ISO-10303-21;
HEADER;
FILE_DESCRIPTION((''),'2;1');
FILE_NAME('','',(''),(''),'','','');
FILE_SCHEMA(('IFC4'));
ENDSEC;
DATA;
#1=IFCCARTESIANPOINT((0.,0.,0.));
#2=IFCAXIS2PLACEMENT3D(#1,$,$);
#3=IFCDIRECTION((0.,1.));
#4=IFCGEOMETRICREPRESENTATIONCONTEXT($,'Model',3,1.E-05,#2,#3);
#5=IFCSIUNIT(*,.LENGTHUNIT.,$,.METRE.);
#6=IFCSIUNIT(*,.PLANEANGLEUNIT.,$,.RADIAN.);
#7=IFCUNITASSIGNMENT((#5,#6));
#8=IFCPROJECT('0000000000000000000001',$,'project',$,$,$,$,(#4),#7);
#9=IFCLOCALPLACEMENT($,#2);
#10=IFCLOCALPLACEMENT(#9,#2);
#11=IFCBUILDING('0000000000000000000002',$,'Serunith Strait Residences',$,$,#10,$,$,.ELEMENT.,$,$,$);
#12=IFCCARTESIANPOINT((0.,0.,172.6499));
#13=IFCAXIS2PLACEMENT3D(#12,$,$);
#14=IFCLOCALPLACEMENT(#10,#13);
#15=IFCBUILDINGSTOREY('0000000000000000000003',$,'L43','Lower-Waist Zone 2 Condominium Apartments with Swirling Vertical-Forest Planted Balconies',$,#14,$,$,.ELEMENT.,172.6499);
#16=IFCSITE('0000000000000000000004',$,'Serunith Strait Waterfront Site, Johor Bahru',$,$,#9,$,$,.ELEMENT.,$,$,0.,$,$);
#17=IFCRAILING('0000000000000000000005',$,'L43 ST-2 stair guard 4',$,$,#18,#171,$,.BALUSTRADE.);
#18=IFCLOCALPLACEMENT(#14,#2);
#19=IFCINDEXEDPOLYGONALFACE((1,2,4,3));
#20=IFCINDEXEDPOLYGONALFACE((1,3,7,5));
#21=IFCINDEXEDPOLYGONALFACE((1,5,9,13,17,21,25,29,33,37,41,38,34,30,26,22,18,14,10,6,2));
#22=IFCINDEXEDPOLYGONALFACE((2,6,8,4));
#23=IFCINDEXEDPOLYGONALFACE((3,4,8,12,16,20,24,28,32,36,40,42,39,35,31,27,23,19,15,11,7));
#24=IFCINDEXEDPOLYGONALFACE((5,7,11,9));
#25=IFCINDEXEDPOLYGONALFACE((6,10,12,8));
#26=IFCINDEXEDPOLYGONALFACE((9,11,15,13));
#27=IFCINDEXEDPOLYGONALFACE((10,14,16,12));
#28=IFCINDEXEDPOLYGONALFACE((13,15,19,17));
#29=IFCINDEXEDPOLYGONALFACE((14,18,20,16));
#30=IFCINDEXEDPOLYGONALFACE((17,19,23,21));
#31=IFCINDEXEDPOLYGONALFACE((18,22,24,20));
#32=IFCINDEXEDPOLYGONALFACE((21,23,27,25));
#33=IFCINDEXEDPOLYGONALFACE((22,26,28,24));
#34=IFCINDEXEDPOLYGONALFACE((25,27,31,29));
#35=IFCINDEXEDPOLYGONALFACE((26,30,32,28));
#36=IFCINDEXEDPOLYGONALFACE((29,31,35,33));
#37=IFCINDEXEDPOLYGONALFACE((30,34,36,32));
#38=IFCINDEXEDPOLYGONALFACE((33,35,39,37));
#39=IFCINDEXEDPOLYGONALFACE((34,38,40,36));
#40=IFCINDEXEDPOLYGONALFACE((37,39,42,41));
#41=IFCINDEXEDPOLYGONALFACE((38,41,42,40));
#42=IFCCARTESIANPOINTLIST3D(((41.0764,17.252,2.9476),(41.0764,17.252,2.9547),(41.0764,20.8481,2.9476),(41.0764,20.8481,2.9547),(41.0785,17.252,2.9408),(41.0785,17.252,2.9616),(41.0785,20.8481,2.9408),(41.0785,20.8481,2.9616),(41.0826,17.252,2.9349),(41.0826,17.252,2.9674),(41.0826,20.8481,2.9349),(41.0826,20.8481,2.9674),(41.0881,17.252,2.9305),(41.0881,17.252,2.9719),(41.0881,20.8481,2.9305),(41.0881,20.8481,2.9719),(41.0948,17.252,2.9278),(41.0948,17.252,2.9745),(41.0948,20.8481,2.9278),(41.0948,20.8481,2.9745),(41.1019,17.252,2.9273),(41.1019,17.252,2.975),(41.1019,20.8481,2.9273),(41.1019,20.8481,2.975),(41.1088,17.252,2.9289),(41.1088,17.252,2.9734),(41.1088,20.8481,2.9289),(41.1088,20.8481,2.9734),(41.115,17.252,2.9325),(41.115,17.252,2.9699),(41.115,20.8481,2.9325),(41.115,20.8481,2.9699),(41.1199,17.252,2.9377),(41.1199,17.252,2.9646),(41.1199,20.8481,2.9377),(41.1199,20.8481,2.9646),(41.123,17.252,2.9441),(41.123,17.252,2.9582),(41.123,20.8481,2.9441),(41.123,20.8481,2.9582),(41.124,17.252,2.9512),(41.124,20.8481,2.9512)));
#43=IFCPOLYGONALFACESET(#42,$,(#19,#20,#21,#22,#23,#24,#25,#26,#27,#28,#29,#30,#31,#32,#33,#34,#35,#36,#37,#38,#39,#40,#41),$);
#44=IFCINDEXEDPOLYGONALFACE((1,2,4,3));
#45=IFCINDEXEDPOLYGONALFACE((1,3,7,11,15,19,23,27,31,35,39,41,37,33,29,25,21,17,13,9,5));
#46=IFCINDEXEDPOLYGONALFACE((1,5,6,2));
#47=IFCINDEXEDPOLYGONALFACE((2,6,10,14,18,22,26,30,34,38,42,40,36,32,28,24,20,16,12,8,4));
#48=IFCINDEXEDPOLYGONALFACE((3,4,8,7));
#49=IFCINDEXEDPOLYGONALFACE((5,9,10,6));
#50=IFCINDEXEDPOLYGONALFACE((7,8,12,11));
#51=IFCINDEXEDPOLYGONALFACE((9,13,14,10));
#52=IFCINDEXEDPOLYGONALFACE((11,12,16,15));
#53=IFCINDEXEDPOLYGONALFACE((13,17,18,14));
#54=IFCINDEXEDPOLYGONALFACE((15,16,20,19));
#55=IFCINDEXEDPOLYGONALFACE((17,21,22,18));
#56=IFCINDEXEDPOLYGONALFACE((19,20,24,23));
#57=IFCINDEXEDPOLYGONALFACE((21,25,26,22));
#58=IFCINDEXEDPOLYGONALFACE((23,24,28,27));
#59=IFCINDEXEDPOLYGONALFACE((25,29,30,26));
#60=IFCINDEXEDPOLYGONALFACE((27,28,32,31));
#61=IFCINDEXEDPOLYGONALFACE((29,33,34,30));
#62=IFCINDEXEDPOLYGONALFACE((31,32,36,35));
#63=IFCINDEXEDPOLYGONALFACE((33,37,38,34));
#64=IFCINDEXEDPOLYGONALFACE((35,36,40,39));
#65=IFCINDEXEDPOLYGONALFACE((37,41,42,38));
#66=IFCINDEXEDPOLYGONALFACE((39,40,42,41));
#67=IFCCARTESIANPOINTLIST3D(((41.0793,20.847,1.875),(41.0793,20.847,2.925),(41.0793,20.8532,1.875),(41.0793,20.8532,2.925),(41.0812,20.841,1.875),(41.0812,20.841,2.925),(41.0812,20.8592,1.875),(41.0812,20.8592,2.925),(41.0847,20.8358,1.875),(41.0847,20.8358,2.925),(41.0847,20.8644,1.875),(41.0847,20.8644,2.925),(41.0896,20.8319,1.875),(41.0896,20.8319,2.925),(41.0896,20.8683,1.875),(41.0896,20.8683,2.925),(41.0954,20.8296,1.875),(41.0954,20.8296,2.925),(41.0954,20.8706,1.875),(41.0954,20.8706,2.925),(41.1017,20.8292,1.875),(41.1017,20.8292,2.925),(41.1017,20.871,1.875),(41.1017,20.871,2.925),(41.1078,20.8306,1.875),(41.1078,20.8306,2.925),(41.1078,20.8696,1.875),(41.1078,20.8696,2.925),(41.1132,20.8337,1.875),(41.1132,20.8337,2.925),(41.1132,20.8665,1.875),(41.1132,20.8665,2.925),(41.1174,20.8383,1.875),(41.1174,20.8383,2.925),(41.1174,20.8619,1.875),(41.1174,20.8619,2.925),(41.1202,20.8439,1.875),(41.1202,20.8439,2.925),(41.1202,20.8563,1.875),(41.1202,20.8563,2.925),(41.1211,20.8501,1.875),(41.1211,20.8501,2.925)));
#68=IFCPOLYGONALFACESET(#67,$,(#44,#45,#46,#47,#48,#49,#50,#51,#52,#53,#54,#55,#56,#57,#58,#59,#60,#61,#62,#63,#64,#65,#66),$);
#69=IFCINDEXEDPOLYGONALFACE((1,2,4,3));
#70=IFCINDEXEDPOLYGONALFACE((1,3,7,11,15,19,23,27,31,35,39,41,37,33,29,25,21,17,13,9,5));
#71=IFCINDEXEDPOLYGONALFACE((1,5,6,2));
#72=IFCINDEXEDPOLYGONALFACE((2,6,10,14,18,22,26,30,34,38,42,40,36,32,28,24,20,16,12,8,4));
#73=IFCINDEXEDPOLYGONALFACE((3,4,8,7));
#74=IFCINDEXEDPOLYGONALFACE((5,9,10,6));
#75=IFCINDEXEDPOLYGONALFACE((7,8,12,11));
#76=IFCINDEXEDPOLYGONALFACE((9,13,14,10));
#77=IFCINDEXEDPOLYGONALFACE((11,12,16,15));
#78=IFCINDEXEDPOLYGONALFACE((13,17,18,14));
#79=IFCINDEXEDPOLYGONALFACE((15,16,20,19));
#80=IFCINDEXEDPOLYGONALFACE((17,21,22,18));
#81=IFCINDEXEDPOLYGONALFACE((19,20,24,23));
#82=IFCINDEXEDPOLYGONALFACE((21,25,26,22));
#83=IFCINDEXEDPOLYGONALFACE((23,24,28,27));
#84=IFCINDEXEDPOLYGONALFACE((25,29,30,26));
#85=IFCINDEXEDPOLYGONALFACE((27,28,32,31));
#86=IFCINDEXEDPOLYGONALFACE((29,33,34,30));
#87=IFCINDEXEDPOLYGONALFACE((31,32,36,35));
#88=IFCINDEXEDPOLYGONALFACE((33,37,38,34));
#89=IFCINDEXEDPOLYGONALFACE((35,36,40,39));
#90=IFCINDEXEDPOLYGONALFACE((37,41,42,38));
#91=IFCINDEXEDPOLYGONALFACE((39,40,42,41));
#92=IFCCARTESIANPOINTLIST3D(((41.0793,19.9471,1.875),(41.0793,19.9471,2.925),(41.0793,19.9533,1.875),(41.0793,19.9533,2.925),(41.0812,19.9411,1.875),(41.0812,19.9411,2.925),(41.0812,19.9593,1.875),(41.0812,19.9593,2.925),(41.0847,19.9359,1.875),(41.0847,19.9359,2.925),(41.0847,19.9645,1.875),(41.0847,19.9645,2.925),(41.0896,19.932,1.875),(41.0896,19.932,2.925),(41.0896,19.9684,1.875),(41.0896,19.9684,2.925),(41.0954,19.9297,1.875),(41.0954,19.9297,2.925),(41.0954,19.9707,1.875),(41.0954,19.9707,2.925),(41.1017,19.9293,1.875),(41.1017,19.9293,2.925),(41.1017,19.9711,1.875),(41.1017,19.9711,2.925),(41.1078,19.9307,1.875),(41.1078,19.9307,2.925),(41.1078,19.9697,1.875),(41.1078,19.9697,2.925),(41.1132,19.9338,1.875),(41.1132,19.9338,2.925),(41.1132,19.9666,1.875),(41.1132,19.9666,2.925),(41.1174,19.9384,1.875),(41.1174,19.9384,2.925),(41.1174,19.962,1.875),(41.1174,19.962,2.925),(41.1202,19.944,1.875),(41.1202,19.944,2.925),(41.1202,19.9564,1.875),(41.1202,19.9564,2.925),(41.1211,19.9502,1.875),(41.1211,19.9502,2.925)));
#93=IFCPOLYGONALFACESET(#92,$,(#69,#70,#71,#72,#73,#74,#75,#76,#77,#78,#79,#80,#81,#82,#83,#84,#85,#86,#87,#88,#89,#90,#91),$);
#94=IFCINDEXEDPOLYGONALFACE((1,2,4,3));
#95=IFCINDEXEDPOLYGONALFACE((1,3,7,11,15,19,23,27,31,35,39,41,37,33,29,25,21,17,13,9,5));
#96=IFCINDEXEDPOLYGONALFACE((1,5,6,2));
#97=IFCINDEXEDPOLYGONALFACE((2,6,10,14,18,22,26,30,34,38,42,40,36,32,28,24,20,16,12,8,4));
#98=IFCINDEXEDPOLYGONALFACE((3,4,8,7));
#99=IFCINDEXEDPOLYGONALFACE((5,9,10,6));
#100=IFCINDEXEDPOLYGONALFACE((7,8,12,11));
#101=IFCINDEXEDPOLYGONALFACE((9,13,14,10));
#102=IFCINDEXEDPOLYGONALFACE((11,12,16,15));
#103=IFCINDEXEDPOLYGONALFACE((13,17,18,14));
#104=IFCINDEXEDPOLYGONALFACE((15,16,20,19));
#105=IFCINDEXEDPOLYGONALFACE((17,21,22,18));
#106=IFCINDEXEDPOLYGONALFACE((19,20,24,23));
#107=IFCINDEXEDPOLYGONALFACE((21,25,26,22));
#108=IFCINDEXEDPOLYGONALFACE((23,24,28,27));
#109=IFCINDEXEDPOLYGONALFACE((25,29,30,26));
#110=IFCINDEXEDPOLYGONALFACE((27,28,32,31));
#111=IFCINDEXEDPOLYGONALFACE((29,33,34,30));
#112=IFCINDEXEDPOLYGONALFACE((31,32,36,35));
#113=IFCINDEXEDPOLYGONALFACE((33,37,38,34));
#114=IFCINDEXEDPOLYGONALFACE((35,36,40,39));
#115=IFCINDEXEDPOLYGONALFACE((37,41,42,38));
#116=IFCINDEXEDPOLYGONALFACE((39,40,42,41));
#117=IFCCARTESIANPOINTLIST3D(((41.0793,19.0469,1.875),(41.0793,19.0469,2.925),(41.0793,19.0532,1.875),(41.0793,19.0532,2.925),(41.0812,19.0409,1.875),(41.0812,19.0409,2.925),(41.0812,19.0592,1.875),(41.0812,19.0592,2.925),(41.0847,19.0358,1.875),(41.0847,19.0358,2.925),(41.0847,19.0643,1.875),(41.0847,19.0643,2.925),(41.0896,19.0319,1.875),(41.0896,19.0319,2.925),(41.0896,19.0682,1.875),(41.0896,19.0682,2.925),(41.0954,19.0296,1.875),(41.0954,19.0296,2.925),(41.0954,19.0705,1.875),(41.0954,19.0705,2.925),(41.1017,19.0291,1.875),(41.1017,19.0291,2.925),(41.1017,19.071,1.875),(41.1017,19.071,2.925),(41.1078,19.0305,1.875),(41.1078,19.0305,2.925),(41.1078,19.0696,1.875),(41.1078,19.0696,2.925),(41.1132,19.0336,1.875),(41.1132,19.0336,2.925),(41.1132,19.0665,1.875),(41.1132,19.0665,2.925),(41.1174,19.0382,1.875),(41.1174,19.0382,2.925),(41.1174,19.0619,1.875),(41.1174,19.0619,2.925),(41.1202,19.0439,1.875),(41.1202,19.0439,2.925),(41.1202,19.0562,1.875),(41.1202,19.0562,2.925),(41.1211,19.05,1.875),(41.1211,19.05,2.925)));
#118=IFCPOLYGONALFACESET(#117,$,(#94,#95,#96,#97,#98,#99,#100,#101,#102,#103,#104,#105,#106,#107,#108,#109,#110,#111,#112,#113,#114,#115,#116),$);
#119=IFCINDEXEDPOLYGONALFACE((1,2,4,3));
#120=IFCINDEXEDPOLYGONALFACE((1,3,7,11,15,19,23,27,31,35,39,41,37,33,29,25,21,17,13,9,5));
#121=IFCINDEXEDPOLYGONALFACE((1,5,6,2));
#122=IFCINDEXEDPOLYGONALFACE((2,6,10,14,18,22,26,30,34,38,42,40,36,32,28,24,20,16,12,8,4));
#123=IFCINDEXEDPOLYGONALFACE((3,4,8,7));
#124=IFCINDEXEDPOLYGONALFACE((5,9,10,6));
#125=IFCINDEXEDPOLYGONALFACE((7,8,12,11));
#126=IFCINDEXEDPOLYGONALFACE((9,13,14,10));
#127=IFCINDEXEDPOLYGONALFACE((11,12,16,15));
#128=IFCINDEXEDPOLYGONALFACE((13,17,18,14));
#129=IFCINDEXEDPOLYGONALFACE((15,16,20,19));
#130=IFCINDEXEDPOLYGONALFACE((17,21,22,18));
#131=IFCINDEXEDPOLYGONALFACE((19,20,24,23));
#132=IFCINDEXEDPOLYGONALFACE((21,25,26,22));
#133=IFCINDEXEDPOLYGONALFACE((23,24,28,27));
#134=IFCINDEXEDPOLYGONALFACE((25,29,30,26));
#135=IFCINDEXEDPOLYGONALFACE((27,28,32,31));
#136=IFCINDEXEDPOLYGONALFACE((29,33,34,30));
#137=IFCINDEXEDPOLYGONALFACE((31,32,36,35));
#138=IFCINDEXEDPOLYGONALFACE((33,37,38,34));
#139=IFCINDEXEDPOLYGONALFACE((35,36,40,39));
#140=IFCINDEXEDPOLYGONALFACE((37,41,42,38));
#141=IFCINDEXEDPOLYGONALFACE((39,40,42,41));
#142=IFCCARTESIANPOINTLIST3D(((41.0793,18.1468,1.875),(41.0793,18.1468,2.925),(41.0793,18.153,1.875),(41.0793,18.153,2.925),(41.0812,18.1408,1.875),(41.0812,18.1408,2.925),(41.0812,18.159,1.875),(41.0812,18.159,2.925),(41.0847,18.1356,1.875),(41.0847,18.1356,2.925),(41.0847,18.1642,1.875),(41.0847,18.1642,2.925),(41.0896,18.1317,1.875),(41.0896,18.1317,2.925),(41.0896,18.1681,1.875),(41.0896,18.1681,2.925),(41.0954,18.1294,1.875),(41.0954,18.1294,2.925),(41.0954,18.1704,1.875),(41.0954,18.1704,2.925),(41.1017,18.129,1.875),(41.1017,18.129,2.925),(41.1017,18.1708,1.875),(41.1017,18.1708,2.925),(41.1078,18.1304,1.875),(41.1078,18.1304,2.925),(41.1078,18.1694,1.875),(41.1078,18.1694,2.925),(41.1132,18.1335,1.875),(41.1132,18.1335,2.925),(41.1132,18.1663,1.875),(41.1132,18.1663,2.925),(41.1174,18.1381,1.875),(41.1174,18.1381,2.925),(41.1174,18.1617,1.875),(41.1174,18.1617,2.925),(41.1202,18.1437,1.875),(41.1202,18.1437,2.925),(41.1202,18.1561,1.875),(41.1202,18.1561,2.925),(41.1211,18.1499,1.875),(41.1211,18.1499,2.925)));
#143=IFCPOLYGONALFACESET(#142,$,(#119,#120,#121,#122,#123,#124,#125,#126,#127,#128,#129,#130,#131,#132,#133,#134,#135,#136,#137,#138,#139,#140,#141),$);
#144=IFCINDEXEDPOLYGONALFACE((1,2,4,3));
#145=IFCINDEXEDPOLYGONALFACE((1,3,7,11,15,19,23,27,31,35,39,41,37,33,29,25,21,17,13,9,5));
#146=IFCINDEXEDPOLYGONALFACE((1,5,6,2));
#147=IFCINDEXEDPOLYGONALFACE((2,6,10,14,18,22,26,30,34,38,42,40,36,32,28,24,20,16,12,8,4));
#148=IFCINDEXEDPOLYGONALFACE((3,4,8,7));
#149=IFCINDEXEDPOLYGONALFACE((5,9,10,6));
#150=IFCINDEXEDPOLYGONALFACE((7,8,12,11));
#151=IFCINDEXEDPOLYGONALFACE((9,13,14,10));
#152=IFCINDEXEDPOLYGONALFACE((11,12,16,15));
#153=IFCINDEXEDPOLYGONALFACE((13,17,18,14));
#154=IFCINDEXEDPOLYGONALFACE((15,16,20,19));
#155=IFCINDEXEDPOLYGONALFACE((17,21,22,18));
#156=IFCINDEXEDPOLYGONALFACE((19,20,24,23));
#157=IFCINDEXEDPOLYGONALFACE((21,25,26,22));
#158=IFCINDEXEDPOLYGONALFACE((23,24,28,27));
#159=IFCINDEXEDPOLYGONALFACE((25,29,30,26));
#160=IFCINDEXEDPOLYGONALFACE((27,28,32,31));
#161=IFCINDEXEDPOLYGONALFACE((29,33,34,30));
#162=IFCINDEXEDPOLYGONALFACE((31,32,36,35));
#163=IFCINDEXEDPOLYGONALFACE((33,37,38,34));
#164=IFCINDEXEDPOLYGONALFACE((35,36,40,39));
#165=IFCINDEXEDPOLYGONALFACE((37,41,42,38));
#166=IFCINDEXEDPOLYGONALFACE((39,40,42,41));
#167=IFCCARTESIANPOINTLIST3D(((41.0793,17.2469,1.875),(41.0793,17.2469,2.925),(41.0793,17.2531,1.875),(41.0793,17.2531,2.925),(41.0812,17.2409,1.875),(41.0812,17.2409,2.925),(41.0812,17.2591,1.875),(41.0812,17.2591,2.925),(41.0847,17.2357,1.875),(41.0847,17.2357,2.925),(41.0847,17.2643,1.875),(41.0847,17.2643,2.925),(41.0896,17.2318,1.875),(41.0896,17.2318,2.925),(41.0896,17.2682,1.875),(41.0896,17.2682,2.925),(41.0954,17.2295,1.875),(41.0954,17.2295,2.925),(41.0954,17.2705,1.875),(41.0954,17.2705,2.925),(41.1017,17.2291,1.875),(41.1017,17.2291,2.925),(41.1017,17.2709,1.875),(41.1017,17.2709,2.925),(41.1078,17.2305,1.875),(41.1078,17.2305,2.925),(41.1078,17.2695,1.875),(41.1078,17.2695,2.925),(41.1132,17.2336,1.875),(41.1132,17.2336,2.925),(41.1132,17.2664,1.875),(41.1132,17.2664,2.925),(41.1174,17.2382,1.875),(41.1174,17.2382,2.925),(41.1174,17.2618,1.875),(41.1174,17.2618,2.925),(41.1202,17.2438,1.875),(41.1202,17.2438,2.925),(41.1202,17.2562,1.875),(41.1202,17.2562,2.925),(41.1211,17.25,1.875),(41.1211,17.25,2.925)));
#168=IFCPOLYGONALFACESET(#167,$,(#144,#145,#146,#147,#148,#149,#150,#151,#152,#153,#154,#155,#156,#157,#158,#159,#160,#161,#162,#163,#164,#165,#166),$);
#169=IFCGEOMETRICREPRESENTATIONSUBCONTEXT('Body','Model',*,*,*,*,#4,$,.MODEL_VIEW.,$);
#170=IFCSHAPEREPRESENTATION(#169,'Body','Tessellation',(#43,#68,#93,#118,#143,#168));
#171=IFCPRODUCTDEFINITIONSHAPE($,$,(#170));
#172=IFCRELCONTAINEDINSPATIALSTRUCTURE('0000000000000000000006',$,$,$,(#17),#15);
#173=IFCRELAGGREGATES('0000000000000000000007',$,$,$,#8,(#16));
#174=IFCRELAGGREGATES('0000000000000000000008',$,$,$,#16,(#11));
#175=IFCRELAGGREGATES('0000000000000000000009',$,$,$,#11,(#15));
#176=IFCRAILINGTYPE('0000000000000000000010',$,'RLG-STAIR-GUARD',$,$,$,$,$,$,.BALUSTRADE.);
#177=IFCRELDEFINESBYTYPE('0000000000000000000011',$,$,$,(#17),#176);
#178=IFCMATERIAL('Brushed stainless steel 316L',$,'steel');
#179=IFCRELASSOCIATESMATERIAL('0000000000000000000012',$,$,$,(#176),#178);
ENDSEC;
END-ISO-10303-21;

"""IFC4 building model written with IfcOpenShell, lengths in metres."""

from ifc_helpers import new_model, si_unit, direction, frame, origin, origin_2d, place, context, subcontext, project, spatial, circle, extrude, material, type_object, element, save


model = new_model("IFC4")

# Units and contexts
model_context = context("Model", 3, precision=1e-05, world=origin(), true_north=direction((0.0, 1.0)))
body_context = subcontext(model_context, "Body", "Model", "MODEL_VIEW")
ifc_project = project(units=[si_unit("LENGTHUNIT", "METRE"), si_unit("PLANEANGLEUNIT", "RADIAN")], contexts=[model_context])

# Site, building, storey
site_placement = place(None, origin())
site = spatial("IfcSite", under=ifc_project, at=site_placement, Name="Serunith Strait Waterfront Site, Johor Bahru", CompositionType="ELEMENT", RefElevation=0.0)
building_placement = place(site_placement, origin())
building = spatial("IfcBuilding", under=site, at=building_placement, Name="Serunith Strait Residences", CompositionType="ELEMENT")
storey_placement = place(building_placement, frame((0.0, 0.0, 172.6499)))
storey = spatial("IfcBuildingStorey", under=building, at=storey_placement, Name="L43", Description="Lower-Waist Zone 2 Condominium Apartments with Swirling Vertical-Forest Planted Balconies", CompositionType="ELEMENT", Elevation=172.6499)

# Railing
ifc_material_1 = material(Name="Brushed stainless steel 316L", Category="steel")
railing_type_1 = type_object("IfcRailingType", Name="RLG-STAIR-GUARD", PredefinedType="BALUSTRADE", material=ifc_material_1)
for number, where, name in (
    (1, (41.1001, 20.8501, 1.875), "L43 ST-2 stair guard 4"),
):
    element("IfcRailing", number, at=place(storey_placement, frame(where)), inside=storey, type_object=railing_type_1, Name=name, PredefinedType="BALUSTRADE", context=body_context, shape_type="SweptSolid", body=[
        extrude(circle(Radius=0.0239, at=origin_2d()), frame((0.0, -0.002, 1.0762), z_axis=(0.0, -1.0, 0.0), x_axis=(1.0, 0.0, 0.0)), (0.0, 0.0, 1.0), 3.5962),
        extrude(circle(Radius=0.021, at=origin_2d()), origin(), (0.0, 0.0, 1.0), 1.05),
        extrude(circle(Radius=0.021, at=origin_2d()), frame((0.0, -0.8999, 0.0)), (0.0, 0.0, 1.0), 1.05),
        extrude(circle(Radius=0.021, at=origin_2d()), frame((0.0, -1.8, 0.0)), (0.0, 0.0, 1.0), 1.05),
        extrude(circle(Radius=0.021, at=origin_2d()), frame((0.0, -2.7002, 0.0)), (0.0, 0.0, 1.0), 1.05),
        extrude(circle(Radius=0.021, at=origin_2d()), frame((0.0, -3.6001, 0.0)), (0.0, 0.0, 1.0), 1.05),
    ])

save(model, "model.ifc")
